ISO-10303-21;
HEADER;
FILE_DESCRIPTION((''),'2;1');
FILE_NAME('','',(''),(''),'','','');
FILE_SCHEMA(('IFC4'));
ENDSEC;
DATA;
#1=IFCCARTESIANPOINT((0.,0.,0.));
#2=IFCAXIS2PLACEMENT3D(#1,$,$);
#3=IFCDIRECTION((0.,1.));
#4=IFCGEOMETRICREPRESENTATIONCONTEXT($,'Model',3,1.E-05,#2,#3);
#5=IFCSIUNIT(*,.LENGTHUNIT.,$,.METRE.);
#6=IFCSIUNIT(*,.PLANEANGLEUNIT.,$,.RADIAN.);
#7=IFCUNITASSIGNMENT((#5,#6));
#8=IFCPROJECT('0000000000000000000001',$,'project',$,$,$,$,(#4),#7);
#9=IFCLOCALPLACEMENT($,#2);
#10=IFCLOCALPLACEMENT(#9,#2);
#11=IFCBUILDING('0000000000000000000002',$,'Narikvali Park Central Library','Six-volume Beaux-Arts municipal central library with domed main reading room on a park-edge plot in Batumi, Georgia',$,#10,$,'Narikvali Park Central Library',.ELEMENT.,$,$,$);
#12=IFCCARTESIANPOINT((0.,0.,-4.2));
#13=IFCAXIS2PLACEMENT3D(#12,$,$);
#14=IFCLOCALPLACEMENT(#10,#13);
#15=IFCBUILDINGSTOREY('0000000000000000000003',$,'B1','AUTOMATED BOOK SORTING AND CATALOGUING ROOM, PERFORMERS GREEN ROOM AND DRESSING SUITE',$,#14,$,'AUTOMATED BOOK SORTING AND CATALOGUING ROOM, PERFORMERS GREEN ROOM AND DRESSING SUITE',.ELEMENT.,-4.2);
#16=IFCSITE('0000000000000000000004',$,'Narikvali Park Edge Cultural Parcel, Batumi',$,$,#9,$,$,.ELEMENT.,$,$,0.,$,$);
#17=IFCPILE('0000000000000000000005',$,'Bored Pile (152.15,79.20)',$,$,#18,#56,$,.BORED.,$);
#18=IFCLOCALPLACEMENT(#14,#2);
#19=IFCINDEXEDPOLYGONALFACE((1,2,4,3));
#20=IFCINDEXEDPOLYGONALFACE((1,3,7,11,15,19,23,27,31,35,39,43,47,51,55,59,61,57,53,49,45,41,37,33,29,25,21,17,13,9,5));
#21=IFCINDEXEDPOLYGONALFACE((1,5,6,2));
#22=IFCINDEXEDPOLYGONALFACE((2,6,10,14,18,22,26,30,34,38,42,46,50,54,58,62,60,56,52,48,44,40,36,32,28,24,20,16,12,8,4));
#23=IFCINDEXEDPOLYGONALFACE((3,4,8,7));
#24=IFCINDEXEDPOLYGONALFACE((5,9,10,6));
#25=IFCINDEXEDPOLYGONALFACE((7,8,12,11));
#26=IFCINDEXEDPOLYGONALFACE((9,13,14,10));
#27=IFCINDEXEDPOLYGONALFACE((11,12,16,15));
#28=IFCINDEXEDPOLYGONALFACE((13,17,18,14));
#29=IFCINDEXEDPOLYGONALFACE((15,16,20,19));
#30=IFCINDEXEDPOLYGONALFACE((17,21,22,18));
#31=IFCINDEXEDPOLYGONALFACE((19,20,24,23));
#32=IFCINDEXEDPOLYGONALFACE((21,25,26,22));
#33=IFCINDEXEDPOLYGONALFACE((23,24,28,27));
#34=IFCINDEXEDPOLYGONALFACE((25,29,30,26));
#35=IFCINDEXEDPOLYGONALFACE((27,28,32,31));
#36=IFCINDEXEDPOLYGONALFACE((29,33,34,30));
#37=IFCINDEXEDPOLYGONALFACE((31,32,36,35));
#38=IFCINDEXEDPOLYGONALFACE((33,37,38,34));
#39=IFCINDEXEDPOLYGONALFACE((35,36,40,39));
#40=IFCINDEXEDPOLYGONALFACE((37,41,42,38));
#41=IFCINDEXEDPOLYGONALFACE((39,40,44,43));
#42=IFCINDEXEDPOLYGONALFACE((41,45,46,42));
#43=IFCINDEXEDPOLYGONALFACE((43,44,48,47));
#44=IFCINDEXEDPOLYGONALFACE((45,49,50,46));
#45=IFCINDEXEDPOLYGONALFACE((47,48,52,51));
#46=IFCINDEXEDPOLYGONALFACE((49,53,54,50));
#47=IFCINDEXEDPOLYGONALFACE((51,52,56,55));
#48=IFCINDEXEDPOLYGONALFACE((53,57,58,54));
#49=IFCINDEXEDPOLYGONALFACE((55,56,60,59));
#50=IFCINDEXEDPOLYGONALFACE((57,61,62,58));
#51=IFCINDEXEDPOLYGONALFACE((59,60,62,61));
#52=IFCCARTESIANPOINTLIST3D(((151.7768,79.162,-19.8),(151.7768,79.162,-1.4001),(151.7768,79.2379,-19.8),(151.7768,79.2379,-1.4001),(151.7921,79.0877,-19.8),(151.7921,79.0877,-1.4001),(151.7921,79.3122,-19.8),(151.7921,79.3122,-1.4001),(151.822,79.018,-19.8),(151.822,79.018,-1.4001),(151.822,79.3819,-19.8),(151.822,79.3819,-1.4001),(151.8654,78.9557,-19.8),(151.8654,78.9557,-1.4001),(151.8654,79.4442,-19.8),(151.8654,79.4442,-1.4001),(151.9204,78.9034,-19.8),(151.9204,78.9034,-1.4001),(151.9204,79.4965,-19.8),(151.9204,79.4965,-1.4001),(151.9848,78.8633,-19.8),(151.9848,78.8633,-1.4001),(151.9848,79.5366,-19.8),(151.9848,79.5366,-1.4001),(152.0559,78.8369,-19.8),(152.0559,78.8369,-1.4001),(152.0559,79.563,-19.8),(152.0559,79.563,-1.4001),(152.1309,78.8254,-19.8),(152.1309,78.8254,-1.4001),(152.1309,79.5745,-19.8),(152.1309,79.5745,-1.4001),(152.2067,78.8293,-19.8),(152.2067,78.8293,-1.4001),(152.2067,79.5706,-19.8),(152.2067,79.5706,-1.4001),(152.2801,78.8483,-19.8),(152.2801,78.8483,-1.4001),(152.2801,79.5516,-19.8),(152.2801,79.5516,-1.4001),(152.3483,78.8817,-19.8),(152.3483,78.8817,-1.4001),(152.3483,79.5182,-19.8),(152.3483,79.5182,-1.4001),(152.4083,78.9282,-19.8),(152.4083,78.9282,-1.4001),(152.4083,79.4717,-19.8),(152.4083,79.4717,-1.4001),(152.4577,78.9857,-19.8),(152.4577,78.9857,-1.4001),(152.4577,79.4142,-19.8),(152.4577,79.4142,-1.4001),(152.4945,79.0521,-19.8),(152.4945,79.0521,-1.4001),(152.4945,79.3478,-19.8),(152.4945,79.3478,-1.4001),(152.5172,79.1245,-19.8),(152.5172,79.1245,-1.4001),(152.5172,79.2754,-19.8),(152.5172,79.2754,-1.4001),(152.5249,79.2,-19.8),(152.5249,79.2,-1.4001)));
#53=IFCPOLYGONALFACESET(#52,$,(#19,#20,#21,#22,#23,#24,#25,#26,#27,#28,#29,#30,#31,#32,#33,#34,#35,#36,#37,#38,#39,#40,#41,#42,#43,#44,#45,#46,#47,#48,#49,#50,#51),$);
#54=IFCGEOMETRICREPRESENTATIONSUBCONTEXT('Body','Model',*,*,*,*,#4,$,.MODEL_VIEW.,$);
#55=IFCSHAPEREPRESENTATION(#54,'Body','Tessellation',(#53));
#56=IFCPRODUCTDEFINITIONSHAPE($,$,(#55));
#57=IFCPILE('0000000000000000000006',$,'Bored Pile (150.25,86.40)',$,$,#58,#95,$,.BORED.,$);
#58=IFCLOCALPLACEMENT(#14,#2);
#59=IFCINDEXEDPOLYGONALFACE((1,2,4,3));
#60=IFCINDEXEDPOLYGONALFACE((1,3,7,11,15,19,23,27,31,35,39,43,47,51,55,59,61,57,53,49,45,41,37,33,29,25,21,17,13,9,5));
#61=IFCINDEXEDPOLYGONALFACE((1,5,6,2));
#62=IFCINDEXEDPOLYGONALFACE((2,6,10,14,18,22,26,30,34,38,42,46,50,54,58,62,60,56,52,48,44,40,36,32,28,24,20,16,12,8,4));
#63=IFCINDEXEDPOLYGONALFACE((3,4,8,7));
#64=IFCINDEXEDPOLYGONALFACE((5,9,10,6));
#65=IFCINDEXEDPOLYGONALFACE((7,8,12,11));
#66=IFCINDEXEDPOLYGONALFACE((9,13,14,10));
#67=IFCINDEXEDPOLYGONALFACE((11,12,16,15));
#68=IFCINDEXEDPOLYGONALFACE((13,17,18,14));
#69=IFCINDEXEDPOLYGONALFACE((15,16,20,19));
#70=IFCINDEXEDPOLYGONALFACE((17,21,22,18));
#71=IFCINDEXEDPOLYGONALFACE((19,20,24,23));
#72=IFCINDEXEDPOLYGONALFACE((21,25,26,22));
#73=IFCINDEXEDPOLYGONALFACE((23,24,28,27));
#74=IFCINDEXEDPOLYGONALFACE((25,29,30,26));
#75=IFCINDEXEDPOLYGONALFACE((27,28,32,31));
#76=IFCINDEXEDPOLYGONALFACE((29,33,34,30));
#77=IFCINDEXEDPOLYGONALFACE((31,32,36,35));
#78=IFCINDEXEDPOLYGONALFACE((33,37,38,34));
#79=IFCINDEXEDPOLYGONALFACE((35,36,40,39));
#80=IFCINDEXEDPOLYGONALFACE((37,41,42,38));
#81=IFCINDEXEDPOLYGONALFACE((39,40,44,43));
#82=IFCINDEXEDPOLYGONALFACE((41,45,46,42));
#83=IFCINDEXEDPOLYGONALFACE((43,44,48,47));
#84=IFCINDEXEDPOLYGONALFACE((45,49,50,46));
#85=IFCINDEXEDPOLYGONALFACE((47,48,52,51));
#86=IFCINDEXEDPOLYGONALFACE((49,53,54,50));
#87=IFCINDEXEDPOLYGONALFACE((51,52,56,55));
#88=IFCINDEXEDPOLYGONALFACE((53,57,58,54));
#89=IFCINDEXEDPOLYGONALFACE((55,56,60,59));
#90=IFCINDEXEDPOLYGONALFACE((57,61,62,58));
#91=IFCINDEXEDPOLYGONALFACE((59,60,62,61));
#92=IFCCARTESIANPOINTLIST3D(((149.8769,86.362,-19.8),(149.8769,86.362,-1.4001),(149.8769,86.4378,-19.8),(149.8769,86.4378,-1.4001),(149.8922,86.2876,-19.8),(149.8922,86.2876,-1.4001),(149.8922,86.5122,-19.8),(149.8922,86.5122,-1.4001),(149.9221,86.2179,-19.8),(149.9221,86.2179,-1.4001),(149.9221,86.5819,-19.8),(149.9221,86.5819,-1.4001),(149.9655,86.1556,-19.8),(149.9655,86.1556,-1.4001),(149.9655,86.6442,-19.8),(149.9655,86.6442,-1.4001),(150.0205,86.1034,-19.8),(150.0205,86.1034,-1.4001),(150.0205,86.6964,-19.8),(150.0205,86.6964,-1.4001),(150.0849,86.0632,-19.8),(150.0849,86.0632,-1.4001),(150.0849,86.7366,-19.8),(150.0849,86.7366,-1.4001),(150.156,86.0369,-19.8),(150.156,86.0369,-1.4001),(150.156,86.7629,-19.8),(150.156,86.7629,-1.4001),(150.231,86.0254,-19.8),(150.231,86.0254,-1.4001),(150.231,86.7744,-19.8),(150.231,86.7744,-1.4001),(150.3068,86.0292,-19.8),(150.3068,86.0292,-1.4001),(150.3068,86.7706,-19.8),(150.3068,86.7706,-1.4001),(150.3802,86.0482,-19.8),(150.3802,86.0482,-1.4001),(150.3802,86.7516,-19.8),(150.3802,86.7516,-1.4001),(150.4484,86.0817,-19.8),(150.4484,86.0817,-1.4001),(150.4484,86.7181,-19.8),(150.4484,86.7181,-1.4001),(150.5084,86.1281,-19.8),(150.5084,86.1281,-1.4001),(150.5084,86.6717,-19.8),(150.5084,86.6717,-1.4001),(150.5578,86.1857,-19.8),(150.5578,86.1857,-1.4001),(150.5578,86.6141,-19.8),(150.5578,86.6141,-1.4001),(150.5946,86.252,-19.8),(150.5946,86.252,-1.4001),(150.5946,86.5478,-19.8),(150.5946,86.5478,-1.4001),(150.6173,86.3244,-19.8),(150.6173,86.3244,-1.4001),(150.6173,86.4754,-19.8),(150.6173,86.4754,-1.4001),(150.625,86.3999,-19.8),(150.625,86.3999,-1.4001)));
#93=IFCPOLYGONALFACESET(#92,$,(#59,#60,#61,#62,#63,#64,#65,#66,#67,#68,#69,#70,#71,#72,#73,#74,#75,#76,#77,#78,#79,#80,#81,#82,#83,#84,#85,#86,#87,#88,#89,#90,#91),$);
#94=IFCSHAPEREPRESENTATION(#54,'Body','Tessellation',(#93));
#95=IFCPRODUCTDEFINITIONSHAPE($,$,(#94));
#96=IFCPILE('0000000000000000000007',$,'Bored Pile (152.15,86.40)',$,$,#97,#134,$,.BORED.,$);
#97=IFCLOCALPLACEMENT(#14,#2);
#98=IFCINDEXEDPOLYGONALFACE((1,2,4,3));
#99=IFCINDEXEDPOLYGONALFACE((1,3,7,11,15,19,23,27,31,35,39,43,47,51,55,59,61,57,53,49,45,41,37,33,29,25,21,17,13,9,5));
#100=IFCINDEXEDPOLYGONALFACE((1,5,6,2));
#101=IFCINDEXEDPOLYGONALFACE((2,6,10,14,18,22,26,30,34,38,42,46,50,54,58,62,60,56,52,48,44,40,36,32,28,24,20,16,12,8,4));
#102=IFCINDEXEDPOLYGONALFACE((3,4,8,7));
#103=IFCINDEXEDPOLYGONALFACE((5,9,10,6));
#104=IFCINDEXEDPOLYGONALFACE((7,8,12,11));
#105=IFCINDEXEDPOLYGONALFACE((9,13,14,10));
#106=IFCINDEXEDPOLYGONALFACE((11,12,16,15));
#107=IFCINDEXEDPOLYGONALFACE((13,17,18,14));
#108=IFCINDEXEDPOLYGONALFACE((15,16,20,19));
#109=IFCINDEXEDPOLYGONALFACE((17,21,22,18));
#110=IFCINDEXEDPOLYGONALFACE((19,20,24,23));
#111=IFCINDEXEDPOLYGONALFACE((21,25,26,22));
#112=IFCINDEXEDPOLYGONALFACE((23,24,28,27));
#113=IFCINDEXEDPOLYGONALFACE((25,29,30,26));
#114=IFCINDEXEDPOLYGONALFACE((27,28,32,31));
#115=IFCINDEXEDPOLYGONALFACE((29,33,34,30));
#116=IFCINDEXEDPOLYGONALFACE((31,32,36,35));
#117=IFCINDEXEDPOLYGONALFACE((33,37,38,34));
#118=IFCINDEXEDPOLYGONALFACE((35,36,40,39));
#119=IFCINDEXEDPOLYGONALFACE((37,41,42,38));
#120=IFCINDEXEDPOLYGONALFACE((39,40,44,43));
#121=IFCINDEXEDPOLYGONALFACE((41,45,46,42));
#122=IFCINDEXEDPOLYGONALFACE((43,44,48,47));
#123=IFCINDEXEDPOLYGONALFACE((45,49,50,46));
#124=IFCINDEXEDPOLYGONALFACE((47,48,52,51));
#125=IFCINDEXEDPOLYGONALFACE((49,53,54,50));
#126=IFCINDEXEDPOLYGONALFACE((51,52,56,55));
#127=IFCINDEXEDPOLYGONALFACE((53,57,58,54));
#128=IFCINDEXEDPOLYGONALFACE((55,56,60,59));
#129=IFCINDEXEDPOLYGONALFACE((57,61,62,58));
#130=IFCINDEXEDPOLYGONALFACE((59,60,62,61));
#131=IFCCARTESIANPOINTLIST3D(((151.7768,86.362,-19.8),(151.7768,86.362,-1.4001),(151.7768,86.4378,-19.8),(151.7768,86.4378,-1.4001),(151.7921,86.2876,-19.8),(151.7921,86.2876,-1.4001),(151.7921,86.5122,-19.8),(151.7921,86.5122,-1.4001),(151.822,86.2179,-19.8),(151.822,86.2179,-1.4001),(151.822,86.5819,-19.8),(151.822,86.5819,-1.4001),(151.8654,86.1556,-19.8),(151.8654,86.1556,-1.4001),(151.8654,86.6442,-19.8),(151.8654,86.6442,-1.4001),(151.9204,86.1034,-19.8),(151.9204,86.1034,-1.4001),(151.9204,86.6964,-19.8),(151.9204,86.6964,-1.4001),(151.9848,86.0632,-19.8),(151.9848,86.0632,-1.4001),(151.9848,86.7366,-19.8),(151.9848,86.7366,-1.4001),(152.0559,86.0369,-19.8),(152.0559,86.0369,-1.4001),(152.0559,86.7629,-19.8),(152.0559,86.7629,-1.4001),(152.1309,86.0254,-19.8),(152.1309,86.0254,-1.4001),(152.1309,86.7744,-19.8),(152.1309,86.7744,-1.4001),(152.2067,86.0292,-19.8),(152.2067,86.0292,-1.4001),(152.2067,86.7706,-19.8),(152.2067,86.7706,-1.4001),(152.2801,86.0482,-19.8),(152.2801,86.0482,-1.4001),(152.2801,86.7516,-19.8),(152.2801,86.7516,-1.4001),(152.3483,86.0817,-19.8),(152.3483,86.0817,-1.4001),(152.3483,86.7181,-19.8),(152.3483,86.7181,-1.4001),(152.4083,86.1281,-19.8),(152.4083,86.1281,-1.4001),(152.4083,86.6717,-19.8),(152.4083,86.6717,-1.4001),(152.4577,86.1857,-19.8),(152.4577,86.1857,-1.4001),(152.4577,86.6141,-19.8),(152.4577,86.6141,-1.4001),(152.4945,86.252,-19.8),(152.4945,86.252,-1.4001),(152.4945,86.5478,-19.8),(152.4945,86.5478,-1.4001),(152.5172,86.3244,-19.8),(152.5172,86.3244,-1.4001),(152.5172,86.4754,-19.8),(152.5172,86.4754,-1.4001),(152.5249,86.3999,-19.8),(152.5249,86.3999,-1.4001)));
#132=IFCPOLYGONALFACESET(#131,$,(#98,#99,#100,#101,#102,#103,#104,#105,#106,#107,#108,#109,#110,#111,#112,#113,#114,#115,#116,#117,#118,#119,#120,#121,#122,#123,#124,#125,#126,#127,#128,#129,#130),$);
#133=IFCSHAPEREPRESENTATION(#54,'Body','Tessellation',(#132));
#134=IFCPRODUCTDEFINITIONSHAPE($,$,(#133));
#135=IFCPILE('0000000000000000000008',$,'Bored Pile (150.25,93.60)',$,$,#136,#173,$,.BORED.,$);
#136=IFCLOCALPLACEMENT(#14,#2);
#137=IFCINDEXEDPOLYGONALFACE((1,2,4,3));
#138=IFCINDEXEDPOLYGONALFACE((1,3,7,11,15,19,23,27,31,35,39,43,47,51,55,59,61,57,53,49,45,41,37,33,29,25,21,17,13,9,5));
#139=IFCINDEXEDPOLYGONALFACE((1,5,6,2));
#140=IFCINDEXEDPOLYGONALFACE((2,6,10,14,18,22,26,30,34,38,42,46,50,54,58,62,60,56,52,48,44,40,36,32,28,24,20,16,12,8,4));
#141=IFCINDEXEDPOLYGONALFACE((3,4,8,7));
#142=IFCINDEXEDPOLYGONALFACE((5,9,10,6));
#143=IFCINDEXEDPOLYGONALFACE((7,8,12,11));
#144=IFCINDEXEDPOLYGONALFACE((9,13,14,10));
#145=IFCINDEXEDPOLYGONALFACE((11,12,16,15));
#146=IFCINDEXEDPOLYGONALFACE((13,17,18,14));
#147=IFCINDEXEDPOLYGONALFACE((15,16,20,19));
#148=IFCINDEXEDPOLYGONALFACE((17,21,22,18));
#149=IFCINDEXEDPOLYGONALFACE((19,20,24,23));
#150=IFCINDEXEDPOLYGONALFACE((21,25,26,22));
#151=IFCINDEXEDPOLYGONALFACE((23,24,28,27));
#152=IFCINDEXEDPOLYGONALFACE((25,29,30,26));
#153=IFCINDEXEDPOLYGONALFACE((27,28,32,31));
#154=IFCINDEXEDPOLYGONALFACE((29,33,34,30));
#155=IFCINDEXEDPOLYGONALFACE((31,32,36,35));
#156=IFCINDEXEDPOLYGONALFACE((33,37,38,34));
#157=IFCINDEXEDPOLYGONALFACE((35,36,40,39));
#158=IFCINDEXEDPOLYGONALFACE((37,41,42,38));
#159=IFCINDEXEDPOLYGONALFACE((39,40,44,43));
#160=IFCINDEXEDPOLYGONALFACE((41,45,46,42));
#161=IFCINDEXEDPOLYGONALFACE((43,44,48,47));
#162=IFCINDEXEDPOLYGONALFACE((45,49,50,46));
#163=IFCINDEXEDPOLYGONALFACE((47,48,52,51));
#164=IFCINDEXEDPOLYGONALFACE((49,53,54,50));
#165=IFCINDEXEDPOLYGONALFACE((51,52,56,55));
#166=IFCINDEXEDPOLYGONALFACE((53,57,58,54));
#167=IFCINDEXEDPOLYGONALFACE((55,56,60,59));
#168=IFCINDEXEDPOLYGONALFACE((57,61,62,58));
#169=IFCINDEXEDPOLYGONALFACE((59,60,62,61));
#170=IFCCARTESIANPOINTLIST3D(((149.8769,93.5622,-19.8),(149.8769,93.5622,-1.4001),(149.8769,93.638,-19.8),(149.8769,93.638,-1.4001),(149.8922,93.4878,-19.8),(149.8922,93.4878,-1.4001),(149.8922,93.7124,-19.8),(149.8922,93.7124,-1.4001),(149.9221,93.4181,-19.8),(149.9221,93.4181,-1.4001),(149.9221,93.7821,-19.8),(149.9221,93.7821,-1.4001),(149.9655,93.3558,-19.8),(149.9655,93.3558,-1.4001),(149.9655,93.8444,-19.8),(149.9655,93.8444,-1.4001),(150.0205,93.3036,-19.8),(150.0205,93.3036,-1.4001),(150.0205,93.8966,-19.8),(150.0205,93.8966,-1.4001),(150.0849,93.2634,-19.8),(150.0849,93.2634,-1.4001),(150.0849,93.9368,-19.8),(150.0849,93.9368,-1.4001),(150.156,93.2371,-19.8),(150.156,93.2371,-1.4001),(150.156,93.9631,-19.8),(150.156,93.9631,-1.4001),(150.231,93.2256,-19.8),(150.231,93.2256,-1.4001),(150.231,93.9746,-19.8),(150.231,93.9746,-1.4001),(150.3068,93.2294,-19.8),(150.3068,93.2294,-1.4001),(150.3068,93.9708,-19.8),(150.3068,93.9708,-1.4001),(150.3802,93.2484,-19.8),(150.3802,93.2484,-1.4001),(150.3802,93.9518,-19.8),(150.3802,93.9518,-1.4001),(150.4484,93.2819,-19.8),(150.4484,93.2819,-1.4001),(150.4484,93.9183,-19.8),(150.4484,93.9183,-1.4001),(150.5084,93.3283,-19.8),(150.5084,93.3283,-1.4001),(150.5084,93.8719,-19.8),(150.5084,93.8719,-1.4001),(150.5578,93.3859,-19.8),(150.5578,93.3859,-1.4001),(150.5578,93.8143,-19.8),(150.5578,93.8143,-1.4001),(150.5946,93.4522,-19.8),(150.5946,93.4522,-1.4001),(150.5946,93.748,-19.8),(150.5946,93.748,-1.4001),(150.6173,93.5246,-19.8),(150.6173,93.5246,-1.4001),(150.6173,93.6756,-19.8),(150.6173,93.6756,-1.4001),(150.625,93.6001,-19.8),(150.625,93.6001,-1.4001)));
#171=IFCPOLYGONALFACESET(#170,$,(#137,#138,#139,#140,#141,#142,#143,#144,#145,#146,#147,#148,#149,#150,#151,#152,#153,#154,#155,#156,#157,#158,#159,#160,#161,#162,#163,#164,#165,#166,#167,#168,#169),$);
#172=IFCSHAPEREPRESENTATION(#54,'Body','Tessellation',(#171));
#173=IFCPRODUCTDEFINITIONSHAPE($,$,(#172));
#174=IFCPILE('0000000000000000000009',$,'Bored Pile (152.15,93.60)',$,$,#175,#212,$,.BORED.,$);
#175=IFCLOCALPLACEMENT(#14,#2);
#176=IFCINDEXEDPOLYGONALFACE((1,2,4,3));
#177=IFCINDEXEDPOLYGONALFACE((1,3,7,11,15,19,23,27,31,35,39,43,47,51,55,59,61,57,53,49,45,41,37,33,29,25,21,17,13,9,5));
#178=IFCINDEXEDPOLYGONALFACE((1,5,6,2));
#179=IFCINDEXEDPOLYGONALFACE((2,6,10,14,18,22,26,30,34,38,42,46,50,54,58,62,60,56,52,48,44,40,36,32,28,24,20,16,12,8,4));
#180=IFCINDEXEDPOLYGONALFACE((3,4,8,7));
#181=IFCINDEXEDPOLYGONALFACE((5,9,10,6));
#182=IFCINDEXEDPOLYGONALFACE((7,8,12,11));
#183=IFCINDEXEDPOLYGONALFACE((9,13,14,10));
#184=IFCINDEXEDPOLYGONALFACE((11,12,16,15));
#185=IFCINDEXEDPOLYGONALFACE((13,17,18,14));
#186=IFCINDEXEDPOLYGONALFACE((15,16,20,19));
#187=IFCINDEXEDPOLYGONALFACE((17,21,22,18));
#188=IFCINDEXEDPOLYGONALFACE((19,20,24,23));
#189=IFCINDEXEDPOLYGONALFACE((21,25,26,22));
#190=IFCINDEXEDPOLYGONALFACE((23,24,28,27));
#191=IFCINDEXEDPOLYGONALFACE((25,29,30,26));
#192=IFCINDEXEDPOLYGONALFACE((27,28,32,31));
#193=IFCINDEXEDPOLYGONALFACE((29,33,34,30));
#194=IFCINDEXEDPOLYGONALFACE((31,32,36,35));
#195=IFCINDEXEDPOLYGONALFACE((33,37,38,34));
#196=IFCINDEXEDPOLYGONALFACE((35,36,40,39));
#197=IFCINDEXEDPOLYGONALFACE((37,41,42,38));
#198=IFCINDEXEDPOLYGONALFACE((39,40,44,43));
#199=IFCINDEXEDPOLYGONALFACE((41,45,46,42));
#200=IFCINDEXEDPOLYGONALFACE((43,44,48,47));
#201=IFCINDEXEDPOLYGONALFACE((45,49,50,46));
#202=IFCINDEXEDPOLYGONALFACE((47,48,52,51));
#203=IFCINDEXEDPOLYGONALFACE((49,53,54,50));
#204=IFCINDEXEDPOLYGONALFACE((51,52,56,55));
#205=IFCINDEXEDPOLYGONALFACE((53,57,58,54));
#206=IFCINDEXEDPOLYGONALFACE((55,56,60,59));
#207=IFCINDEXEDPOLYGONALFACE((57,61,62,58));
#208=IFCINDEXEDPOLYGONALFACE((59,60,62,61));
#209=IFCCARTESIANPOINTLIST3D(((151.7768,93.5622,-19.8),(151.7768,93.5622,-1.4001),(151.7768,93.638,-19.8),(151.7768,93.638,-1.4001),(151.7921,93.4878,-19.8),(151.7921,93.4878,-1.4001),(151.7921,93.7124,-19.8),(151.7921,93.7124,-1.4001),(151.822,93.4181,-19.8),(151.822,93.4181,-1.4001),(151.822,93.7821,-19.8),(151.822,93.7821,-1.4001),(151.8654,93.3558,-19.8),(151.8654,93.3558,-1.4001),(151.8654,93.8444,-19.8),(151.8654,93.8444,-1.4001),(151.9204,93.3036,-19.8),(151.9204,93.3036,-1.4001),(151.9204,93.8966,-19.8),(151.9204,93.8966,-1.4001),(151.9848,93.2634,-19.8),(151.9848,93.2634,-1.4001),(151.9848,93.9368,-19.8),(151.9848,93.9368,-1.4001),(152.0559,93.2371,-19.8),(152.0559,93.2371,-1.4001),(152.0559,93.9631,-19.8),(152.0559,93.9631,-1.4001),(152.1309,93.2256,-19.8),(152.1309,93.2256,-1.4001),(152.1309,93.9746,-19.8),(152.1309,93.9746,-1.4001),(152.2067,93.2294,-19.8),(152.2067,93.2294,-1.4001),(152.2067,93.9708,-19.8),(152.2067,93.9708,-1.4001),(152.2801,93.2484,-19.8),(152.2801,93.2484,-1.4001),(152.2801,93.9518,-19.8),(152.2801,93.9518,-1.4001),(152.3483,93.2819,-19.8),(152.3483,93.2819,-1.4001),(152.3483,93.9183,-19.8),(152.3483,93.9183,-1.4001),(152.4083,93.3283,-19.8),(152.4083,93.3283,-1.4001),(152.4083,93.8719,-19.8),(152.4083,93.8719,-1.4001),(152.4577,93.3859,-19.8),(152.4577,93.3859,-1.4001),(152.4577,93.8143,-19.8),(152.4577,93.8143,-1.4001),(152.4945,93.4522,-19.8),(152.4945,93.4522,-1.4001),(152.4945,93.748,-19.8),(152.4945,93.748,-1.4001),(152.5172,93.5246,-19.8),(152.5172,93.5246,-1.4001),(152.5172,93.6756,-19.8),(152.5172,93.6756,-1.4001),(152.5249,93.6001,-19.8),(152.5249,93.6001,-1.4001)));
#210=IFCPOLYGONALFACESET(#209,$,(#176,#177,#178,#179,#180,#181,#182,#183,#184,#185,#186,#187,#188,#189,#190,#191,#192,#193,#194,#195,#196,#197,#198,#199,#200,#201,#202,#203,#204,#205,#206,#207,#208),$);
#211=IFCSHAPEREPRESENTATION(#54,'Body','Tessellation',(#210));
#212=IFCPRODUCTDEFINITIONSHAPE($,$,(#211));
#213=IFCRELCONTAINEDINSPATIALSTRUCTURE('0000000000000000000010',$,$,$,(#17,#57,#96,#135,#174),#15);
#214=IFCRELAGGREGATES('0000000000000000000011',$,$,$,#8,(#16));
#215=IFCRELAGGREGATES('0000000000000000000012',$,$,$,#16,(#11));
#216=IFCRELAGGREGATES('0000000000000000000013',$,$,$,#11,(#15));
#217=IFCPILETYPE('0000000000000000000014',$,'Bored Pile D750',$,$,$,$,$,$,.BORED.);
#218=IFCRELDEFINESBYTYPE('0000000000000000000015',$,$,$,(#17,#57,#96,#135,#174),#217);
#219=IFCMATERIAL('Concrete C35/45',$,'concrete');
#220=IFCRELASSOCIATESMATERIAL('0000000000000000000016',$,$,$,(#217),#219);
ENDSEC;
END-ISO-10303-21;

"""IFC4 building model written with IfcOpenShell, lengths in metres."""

from ifc_helpers import new_model, si_unit, direction, frame, origin, origin_2d, place, context, subcontext, project, spatial, circle, extrude, material, material_profile, profile_set, type_object, element, save


model = new_model("IFC4")

# Units and contexts
model_context = context("Model", 3, precision=1e-05, world=origin(), true_north=direction((0.0, 1.0)))
body_context = subcontext(model_context, "Body", "Model", "MODEL_VIEW")
ifc_project = project(units=[si_unit("LENGTHUNIT", "METRE"), si_unit("PLANEANGLEUNIT", "RADIAN")], contexts=[model_context])

# Site, building, storey
site_placement = place(None, origin())
site = spatial("IfcSite", under=ifc_project, at=site_placement, Name="Narikvali Park Edge Cultural Parcel, Batumi", CompositionType="ELEMENT", RefElevation=0.0)
building_placement = place(site_placement, origin())
building = spatial("IfcBuilding", under=site, at=building_placement, Name="Narikvali Park Central Library", Description="Six-volume Beaux-Arts municipal central library with domed main reading room on a park-edge plot in Batumi, Georgia", LongName="Narikvali Park Central Library", CompositionType="ELEMENT")
storey_placement = place(building_placement, frame((0.0, 0.0, -4.2)))
storey = spatial("IfcBuildingStorey", under=building, at=storey_placement, Name="B1", Description="AUTOMATED BOOK SORTING AND CATALOGUING ROOM, PERFORMERS GREEN ROOM AND DRESSING SUITE", LongName="AUTOMATED BOOK SORTING AND CATALOGUING ROOM, PERFORMERS GREEN ROOM AND DRESSING SUITE", CompositionType="ELEMENT", Elevation=-4.2)

# Piles
ifc_material_1 = material(Name="Concrete C35/45", Category="concrete")
ifc_material_profile_1 = material_profile(ifc_material_1, circle(Radius=0.375, at=origin_2d()), Name="PILE D750")
ifc_profile_set_1 = profile_set([ifc_material_profile_1], Name="Concrete C35/45")
pile_type = type_object("IfcPileType", Name="Bored Pile D750", PredefinedType="BORED", material=ifc_profile_set_1)
for number, where, z_axis, x_axis, name in (
    (1, (152.1499, 79.2, -1.4001), (0.0, 0.0, -1.0), (1.0, 0.0, 0.0), "Bored Pile (152.15,79.20)"),
    (2, (150.25, 86.3999, -1.4001), (0.0, 0.0, -1.0), (1.0, 0.0, 0.0), "Bored Pile (150.25,86.40)"),
    (3, (152.1499, 86.3999, -1.4001), (0.0, 0.0, -1.0), (1.0, 0.0, 0.0), "Bored Pile (152.15,86.40)"),
    (4, (150.25, 93.6001, -1.4001), (0.0, 0.0, -1.0), (1.0, 0.0, 0.0), "Bored Pile (150.25,93.60)"),
    (5, (152.1499, 93.6001, -1.4001), (0.0, 0.0, -1.0), (1.0, 0.0, 0.0), "Bored Pile (152.15,93.60)"),
):
    element("IfcPile", number, at=place(storey_placement, frame(where, z_axis=z_axis, x_axis=x_axis)), inside=storey, type_object=pile_type, Name=name, PredefinedType="BORED", context=body_context, shape_type="SweptSolid", body=[
        extrude(circle(Radius=0.375, at=origin_2d()), origin(), (0.0, 0.0, 1.0), 18.3999),
    ])

save(model, "model.ifc")
